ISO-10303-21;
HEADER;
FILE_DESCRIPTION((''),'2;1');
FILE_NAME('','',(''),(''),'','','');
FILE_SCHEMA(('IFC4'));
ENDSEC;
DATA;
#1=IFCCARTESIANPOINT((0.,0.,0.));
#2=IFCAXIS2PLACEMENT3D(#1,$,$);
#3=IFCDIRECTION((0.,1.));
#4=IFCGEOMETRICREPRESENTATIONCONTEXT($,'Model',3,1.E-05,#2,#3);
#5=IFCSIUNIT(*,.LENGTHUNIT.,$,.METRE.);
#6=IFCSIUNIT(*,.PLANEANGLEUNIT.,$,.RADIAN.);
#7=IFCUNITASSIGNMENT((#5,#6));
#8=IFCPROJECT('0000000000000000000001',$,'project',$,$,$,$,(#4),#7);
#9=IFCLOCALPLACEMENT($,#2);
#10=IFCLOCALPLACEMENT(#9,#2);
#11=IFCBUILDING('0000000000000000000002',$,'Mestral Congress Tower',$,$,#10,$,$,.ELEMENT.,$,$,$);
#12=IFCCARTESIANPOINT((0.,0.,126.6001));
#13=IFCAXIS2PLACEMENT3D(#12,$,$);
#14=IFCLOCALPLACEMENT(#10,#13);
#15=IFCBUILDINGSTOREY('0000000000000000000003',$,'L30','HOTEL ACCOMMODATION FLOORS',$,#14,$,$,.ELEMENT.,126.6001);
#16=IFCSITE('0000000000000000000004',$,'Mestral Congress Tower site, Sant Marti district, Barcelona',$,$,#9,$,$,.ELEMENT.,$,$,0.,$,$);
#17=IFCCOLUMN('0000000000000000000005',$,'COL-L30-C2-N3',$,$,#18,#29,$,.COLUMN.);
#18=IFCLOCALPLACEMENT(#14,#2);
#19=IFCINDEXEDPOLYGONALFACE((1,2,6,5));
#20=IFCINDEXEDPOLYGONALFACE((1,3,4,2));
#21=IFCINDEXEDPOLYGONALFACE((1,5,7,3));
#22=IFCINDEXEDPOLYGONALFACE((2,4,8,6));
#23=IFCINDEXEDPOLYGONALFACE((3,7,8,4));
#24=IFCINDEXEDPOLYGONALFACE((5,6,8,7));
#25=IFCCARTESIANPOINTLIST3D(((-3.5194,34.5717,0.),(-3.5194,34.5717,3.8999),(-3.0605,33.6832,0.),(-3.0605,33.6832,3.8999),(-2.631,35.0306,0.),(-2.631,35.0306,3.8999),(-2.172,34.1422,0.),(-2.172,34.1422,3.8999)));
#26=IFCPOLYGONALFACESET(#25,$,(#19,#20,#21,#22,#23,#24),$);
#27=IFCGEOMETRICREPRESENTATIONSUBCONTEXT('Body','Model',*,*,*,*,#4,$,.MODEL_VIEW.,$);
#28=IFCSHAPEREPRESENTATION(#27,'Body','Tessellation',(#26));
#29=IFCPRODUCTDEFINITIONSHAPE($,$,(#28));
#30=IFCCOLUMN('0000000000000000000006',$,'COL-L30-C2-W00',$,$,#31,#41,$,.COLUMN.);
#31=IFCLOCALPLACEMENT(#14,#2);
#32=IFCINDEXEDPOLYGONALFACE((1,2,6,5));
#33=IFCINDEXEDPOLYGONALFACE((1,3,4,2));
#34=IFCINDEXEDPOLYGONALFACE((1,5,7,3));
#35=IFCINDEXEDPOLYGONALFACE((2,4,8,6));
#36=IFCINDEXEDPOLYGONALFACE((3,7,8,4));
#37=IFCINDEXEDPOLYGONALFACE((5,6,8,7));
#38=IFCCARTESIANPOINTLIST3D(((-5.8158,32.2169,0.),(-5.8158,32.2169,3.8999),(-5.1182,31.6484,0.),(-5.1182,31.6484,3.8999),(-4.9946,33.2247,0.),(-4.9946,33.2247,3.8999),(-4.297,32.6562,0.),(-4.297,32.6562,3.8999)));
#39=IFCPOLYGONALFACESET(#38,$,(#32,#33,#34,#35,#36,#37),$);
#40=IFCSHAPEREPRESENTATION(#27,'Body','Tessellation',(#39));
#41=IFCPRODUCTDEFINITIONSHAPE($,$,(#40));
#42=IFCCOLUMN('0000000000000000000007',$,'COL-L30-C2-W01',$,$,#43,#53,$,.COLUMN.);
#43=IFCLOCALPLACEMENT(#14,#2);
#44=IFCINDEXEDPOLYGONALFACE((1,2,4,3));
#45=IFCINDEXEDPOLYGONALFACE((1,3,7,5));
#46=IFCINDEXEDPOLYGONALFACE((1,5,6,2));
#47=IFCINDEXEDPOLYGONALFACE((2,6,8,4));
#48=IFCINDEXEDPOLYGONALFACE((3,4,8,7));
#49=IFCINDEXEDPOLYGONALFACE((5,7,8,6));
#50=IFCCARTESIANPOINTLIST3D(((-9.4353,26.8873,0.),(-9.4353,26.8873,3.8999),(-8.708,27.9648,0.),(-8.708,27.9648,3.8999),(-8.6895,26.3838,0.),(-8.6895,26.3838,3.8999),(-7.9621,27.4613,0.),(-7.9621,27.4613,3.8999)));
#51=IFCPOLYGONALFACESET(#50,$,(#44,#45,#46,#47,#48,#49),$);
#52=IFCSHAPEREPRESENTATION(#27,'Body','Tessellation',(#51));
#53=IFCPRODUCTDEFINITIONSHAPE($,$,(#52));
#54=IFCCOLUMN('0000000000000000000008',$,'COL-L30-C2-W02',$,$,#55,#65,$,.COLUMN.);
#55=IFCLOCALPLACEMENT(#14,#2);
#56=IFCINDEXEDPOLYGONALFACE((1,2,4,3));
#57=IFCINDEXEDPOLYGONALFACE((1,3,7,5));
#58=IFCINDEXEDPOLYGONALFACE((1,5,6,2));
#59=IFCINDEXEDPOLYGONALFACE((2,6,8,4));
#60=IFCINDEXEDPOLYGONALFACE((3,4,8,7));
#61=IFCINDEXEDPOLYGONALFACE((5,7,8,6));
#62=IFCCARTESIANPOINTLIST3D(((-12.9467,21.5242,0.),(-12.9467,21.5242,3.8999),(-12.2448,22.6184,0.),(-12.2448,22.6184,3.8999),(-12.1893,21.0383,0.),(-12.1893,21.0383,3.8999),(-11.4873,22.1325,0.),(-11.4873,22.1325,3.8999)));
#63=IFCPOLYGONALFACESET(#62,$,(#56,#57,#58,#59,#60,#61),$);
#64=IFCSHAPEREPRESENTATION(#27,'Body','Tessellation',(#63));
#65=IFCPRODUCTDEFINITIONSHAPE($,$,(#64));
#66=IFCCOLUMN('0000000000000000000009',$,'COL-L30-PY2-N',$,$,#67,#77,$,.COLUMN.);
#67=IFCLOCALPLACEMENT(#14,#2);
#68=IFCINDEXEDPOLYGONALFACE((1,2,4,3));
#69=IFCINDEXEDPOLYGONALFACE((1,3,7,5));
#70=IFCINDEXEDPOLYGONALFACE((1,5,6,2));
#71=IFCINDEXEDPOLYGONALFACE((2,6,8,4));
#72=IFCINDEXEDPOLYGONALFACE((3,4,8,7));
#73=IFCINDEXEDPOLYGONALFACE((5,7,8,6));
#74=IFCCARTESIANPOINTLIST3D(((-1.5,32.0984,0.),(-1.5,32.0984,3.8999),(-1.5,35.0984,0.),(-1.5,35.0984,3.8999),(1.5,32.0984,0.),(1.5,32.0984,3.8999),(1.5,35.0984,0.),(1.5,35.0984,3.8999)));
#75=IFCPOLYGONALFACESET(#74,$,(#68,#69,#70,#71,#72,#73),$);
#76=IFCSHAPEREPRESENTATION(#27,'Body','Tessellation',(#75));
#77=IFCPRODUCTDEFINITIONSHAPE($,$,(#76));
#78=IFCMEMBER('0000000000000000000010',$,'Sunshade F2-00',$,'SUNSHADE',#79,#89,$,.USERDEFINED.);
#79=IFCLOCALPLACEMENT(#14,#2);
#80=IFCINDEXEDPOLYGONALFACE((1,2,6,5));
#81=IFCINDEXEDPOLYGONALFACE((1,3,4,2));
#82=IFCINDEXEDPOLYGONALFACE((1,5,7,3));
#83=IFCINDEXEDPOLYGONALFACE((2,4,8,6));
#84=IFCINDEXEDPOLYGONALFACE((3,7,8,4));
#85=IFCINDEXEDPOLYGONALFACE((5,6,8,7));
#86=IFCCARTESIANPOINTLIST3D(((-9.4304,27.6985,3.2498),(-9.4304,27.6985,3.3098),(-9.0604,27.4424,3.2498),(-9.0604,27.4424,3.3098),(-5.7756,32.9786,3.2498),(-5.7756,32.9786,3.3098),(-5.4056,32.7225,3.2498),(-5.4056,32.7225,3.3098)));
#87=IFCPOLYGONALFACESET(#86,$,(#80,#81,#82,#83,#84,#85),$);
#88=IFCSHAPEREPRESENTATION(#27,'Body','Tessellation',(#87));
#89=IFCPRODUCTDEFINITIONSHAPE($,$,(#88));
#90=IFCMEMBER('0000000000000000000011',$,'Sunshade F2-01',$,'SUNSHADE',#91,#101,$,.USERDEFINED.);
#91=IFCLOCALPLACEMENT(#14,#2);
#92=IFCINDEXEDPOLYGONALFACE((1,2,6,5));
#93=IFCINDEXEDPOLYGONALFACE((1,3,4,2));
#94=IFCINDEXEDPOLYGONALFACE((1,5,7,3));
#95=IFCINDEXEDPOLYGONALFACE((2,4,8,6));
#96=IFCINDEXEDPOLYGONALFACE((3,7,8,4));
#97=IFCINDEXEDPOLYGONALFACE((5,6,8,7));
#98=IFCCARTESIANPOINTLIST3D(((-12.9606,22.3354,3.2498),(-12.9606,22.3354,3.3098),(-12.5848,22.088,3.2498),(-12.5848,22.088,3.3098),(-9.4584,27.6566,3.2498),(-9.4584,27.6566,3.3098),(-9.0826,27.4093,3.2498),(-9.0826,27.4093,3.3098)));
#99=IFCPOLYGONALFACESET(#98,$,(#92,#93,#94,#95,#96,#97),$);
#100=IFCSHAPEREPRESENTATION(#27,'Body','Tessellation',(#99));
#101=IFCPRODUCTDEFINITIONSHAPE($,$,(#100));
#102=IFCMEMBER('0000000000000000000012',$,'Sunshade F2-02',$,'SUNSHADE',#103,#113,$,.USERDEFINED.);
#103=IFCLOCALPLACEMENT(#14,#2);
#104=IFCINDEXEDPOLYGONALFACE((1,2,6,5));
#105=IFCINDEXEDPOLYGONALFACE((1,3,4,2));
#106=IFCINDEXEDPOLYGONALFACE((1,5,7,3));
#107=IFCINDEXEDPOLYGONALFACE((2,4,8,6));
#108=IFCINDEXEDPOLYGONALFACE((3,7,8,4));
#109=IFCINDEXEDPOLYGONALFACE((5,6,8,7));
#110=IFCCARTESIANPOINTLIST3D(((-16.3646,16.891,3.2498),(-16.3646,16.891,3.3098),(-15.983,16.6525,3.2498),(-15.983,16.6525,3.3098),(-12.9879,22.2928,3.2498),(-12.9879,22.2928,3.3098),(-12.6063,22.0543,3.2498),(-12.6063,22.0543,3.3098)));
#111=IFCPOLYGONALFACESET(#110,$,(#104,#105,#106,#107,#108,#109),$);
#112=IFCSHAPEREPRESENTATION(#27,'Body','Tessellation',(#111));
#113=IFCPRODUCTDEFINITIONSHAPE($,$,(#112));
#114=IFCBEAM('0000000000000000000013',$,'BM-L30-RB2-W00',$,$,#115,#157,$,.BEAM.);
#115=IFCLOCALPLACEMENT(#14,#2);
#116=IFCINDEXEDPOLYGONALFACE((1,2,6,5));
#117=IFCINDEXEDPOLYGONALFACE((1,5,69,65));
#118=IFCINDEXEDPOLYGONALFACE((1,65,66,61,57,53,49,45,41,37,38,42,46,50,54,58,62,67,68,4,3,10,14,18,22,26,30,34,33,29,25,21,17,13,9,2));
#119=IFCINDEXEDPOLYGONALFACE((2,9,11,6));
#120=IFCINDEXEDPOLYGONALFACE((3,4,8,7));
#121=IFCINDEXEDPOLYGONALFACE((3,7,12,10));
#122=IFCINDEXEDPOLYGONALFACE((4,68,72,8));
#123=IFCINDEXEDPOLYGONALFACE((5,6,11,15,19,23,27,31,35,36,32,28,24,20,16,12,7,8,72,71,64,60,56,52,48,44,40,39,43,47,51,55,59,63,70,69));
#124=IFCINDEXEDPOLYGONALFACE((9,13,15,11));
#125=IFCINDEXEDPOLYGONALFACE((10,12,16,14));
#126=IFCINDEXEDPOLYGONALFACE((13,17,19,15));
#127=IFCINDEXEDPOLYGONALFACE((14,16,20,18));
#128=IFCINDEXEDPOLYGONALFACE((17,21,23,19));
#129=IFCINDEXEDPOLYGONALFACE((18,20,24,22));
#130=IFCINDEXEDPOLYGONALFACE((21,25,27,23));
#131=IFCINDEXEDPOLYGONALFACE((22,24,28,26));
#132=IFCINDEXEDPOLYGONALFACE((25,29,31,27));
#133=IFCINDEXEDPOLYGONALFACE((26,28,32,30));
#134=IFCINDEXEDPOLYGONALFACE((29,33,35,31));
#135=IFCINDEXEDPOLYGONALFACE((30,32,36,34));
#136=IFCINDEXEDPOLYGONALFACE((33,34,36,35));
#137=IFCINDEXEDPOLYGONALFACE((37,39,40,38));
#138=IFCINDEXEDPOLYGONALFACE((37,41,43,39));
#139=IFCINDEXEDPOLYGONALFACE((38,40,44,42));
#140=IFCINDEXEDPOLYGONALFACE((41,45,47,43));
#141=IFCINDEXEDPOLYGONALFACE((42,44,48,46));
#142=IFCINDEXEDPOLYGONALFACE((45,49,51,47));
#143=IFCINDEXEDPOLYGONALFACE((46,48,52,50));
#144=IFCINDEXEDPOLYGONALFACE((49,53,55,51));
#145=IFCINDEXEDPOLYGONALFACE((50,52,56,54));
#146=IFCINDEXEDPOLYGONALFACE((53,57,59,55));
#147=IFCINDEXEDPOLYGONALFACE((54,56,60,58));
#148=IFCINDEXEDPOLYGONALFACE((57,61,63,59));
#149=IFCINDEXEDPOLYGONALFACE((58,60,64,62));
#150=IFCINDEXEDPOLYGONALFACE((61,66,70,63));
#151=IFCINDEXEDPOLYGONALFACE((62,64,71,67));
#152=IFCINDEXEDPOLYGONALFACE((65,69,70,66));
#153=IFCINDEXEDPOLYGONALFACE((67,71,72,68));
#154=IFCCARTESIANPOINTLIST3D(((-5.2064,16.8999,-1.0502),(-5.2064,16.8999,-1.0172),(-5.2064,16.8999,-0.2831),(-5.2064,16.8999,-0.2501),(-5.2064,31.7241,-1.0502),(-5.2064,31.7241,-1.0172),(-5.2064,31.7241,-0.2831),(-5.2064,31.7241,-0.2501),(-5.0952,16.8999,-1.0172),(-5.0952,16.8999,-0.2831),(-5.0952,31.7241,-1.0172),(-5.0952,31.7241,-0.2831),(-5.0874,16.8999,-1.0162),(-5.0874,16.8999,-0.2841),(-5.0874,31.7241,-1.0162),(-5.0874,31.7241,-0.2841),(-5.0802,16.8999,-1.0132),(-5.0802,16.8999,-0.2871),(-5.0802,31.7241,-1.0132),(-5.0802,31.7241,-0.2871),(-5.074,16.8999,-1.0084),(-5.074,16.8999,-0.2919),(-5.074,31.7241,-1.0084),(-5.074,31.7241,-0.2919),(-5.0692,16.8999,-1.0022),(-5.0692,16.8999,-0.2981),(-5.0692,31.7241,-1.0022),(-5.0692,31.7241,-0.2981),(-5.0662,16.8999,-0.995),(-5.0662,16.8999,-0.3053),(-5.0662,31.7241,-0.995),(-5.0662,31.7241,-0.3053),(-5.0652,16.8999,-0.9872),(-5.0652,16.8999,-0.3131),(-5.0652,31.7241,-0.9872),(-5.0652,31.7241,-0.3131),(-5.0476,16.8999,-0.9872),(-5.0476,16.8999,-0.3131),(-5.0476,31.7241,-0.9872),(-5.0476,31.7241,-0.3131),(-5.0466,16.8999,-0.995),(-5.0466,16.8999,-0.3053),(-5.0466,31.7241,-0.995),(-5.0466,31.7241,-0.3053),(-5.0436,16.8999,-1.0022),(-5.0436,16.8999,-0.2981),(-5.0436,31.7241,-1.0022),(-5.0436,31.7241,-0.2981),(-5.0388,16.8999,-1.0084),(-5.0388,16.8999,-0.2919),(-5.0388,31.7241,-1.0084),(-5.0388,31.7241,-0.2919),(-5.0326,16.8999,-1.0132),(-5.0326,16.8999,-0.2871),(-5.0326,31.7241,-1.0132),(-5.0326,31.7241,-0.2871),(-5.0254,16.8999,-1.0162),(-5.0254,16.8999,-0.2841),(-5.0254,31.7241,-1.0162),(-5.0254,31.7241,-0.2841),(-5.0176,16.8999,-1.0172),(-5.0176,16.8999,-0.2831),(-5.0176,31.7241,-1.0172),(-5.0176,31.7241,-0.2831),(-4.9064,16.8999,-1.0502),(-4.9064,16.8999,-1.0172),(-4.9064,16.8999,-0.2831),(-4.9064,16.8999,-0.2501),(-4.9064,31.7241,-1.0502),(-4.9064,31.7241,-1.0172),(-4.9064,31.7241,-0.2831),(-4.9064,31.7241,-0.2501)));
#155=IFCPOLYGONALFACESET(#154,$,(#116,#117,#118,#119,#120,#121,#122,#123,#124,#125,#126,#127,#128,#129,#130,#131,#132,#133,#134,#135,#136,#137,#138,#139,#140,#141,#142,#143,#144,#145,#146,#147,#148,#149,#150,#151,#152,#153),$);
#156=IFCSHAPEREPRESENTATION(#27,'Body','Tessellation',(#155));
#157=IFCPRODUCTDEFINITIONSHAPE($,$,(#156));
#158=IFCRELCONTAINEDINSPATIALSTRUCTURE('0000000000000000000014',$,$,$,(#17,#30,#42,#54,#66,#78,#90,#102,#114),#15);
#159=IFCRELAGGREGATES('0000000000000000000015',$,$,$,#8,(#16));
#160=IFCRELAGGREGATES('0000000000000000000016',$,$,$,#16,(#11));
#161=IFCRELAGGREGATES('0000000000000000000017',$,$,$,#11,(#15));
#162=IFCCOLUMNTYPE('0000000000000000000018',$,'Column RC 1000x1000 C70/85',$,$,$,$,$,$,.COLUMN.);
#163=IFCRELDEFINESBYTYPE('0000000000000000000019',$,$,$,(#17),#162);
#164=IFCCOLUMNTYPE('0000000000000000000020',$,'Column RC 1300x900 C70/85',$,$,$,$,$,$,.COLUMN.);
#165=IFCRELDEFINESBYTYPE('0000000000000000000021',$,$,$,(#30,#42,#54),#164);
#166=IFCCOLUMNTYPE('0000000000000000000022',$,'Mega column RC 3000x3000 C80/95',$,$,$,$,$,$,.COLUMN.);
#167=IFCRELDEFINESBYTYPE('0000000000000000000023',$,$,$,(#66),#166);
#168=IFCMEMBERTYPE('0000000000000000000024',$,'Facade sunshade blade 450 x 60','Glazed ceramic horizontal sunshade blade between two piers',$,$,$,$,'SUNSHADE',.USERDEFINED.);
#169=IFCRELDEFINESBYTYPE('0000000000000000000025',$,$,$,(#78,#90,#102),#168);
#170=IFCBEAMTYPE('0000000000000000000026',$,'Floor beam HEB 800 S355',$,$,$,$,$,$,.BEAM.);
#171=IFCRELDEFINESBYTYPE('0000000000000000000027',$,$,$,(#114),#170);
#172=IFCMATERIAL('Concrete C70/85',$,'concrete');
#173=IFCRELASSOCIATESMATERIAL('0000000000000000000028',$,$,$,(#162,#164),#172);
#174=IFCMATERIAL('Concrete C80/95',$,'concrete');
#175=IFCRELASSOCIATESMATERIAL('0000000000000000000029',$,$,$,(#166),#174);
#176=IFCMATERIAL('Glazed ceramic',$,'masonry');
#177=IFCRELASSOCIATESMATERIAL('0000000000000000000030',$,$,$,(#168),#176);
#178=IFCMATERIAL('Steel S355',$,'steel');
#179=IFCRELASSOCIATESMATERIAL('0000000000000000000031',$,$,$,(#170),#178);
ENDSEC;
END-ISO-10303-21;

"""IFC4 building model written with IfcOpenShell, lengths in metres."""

from ifc_helpers import new_model, si_unit, direction, frame, origin, origin_2d, place, context, subcontext, project, spatial, rectangle, i_section, extrude, material, material_profile, profile_set, type_object, element, save


model = new_model("IFC4")

# Units and contexts
model_context = context("Model", 3, precision=1e-05, world=origin(), true_north=direction((0.0, 1.0)))
body_context = subcontext(model_context, "Body", "Model", "MODEL_VIEW")
ifc_project = project(units=[si_unit("LENGTHUNIT", "METRE"), si_unit("PLANEANGLEUNIT", "RADIAN")], contexts=[model_context])

# Site, building, storey
site_placement = place(None, origin())
site = spatial("IfcSite", under=ifc_project, at=site_placement, Name="Mestral Congress Tower site, Sant Marti district, Barcelona", CompositionType="ELEMENT", RefElevation=0.0)
building_placement = place(site_placement, origin())
building = spatial("IfcBuilding", under=site, at=building_placement, Name="Mestral Congress Tower", CompositionType="ELEMENT")
storey_placement = place(building_placement, frame((0.0, 0.0, 126.6001)))
storey = spatial("IfcBuildingStorey", under=building, at=storey_placement, Name="L30", Description="HOTEL ACCOMMODATION FLOORS", CompositionType="ELEMENT", Elevation=126.6001)

# Columns
ifc_material_1 = material(Name="Concrete C70/85", Category="concrete")
ifc_material_profile_1 = material_profile(ifc_material_1, rectangle(XDim=1.0, YDim=1.0, at=origin_2d()), Name="RC 1000x1000")
ifc_profile_set_1 = profile_set([ifc_material_profile_1], Name="Concrete C70/85")
column_type_1 = type_object("IfcColumnType", Name="Column RC 1000x1000 C70/85", PredefinedType="COLUMN", material=ifc_profile_set_1)
column_1_placement = place(storey_placement, frame((-2.8457, 34.3569, 0.0), z_axis=(0.0, 0.0, 1.0), x_axis=(-0.888456, -0.458961, 0.0)))
element("IfcColumn", 1, at=column_1_placement, inside=storey, type_object=column_type_1, Name="COL-L30-C2-N3", PredefinedType="COLUMN", context=body_context, shape_type="SweptSolid", body=[
    extrude(rectangle(XDim=1.0, YDim=1.0, at=origin_2d()), origin(), (0.0, 0.0, 1.0), 3.8999),
])
ifc_material_profile_2 = material_profile(ifc_material_1, rectangle(XDim=1.3, YDim=0.8999, at=origin_2d()), Name="RC 1300x900")
ifc_profile_set_2 = profile_set([ifc_material_profile_2], Name="Concrete C70/85")
column_type_2 = type_object("IfcColumnType", Name="Column RC 1300x900 C70/85", PredefinedType="COLUMN", material=ifc_profile_set_2)
for number, where, z_axis, x_axis, name in (
    (2, (-5.0564, 32.4365, 0.0), (0.0, 0.0, 1.0), (-0.631709, -0.775206, 0.0), "COL-L30-C2-W00"),
    (3, (-8.6987, 27.1743, 0.0), (0.0, 0.0, 1.0), (-0.559479, -0.828844, 0.0), "COL-L30-C2-W01"),
    (4, (-12.217, 21.8284, 0.0), (0.0, 0.0, 1.0), (-0.539945, -0.8417, 0.0), "COL-L30-C2-W02"),
):
    element("IfcColumn", number, at=place(storey_placement, frame(where, z_axis=z_axis, x_axis=x_axis)), inside=storey, type_object=column_type_2, Name=name, PredefinedType="COLUMN", context=body_context, shape_type="SweptSolid", body=[
        extrude(rectangle(XDim=1.3, YDim=0.8999, at=origin_2d()), origin(), (0.0, 0.0, 1.0), 3.8999),
    ])
ifc_material_2 = material(Name="Concrete C80/95", Category="concrete")
ifc_material_profile_3 = material_profile(ifc_material_2, rectangle(XDim=3.0, YDim=3.0, at=origin_2d()), Name="RC 3000x3000")
ifc_profile_set_3 = profile_set([ifc_material_profile_3], Name="Concrete C80/95")
column_type_3 = type_object("IfcColumnType", Name="Mega column RC 3000x3000 C80/95", PredefinedType="COLUMN", material=ifc_profile_set_3)
column_2_placement = place(storey_placement, frame((0.0, 33.5984, 0.0), z_axis=(0.0, 0.0, 1.0), x_axis=(0.0, 1.0, 0.0)))
element("IfcColumn", 5, at=column_2_placement, inside=storey, type_object=column_type_3, Name="COL-L30-PY2-N", PredefinedType="COLUMN", context=body_context, shape_type="SweptSolid", body=[
    extrude(rectangle(XDim=3.0, YDim=3.0, at=origin_2d()), origin(), (0.0, 0.0, 1.0), 3.8999),
])

# Members
ifc_material_3 = material(Name="Glazed ceramic", Category="masonry")
ifc_material_profile_4 = material_profile(ifc_material_3, rectangle(XDim=0.45, YDim=0.0601, at=origin_2d()), Name="Ceramic blade 450 x 60")
ifc_profile_set_4 = profile_set([ifc_material_profile_4], Name="Glazed ceramic")
member_type = type_object("IfcMemberType", Name="Facade sunshade blade 450 x 60", Description="Glazed ceramic horizontal sunshade blade between two piers", ElementType="SUNSHADE", PredefinedType="USERDEFINED", material=ifc_profile_set_4)
member_placement = place(storey_placement, frame((-5.5906, 32.8506, 3.2798), z_axis=(-0.569145, -0.822237, 0.0), x_axis=(0.822237, -0.569145, 0.0)))
element("IfcMember", 6, at=member_placement, inside=storey, type_object=member_type, Name="Sunshade F2-00", ObjectType="SUNSHADE", PredefinedType="USERDEFINED", context=body_context, shape_type="SweptSolid", body=[
    extrude(rectangle(XDim=0.45, YDim=0.0601, at=origin_2d()), origin(), (0.0, 0.0, 1.0), 6.4216),
])
for number, where, z_axis, x_axis, name in (
    (7, (-9.2705, 27.533, 3.2798), (-0.549764, -0.83532, 0.0), (0.83532, -0.549764, 0.0), "Sunshade F2-01"),
    (8, (-12.7971, 22.1736, 3.2798), (-0.530061, -0.84796, 0.0), (0.84796, -0.530061, 0.0), "Sunshade F2-02"),
):
    element("IfcMember", number, at=place(storey_placement, frame(where, z_axis=z_axis, x_axis=x_axis)), inside=storey, type_object=member_type, Name=name, ObjectType="SUNSHADE", PredefinedType="USERDEFINED", context=body_context, shape_type="SweptSolid", body=[
        extrude(rectangle(XDim=0.45, YDim=0.0601, at=origin_2d()), origin(), (0.0, 0.0, 1.0), 6.3704),
    ])

# Beam
ifc_material_4 = material(Name="Steel S355", Category="steel")
ifc_material_profile_5 = material_profile(ifc_material_4, i_section(OverallWidth=0.3, OverallDepth=0.8, WebThickness=0.0176, FlangeThickness=0.033, FilletRadius=0.03, at=origin_2d()), Name="HEB 800")
ifc_profile_set_5 = profile_set([ifc_material_profile_5], Name="Steel S355")
beam_type_1 = type_object("IfcBeamType", Name="Floor beam HEB 800 S355", PredefinedType="BEAM", material=ifc_profile_set_5)
beam_1_placement = place(storey_placement, frame((-5.0564, 31.7241, -0.6501), z_axis=(0.0, -1.0, 0.0), x_axis=(1.0, 0.0, 0.0)))
element("IfcBeam", 9, at=beam_1_placement, inside=storey, type_object=beam_type_1, Name="BM-L30-RB2-W00", PredefinedType="BEAM", context=body_context, shape_type="SweptSolid", body=[
    extrude(i_section(OverallWidth=0.3, OverallDepth=0.8, WebThickness=0.0176, FlangeThickness=0.033, FilletRadius=0.03, at=origin_2d()), origin(), (0.0, 0.0, 1.0), 14.8242),
])

save(model, "model.ifc")
